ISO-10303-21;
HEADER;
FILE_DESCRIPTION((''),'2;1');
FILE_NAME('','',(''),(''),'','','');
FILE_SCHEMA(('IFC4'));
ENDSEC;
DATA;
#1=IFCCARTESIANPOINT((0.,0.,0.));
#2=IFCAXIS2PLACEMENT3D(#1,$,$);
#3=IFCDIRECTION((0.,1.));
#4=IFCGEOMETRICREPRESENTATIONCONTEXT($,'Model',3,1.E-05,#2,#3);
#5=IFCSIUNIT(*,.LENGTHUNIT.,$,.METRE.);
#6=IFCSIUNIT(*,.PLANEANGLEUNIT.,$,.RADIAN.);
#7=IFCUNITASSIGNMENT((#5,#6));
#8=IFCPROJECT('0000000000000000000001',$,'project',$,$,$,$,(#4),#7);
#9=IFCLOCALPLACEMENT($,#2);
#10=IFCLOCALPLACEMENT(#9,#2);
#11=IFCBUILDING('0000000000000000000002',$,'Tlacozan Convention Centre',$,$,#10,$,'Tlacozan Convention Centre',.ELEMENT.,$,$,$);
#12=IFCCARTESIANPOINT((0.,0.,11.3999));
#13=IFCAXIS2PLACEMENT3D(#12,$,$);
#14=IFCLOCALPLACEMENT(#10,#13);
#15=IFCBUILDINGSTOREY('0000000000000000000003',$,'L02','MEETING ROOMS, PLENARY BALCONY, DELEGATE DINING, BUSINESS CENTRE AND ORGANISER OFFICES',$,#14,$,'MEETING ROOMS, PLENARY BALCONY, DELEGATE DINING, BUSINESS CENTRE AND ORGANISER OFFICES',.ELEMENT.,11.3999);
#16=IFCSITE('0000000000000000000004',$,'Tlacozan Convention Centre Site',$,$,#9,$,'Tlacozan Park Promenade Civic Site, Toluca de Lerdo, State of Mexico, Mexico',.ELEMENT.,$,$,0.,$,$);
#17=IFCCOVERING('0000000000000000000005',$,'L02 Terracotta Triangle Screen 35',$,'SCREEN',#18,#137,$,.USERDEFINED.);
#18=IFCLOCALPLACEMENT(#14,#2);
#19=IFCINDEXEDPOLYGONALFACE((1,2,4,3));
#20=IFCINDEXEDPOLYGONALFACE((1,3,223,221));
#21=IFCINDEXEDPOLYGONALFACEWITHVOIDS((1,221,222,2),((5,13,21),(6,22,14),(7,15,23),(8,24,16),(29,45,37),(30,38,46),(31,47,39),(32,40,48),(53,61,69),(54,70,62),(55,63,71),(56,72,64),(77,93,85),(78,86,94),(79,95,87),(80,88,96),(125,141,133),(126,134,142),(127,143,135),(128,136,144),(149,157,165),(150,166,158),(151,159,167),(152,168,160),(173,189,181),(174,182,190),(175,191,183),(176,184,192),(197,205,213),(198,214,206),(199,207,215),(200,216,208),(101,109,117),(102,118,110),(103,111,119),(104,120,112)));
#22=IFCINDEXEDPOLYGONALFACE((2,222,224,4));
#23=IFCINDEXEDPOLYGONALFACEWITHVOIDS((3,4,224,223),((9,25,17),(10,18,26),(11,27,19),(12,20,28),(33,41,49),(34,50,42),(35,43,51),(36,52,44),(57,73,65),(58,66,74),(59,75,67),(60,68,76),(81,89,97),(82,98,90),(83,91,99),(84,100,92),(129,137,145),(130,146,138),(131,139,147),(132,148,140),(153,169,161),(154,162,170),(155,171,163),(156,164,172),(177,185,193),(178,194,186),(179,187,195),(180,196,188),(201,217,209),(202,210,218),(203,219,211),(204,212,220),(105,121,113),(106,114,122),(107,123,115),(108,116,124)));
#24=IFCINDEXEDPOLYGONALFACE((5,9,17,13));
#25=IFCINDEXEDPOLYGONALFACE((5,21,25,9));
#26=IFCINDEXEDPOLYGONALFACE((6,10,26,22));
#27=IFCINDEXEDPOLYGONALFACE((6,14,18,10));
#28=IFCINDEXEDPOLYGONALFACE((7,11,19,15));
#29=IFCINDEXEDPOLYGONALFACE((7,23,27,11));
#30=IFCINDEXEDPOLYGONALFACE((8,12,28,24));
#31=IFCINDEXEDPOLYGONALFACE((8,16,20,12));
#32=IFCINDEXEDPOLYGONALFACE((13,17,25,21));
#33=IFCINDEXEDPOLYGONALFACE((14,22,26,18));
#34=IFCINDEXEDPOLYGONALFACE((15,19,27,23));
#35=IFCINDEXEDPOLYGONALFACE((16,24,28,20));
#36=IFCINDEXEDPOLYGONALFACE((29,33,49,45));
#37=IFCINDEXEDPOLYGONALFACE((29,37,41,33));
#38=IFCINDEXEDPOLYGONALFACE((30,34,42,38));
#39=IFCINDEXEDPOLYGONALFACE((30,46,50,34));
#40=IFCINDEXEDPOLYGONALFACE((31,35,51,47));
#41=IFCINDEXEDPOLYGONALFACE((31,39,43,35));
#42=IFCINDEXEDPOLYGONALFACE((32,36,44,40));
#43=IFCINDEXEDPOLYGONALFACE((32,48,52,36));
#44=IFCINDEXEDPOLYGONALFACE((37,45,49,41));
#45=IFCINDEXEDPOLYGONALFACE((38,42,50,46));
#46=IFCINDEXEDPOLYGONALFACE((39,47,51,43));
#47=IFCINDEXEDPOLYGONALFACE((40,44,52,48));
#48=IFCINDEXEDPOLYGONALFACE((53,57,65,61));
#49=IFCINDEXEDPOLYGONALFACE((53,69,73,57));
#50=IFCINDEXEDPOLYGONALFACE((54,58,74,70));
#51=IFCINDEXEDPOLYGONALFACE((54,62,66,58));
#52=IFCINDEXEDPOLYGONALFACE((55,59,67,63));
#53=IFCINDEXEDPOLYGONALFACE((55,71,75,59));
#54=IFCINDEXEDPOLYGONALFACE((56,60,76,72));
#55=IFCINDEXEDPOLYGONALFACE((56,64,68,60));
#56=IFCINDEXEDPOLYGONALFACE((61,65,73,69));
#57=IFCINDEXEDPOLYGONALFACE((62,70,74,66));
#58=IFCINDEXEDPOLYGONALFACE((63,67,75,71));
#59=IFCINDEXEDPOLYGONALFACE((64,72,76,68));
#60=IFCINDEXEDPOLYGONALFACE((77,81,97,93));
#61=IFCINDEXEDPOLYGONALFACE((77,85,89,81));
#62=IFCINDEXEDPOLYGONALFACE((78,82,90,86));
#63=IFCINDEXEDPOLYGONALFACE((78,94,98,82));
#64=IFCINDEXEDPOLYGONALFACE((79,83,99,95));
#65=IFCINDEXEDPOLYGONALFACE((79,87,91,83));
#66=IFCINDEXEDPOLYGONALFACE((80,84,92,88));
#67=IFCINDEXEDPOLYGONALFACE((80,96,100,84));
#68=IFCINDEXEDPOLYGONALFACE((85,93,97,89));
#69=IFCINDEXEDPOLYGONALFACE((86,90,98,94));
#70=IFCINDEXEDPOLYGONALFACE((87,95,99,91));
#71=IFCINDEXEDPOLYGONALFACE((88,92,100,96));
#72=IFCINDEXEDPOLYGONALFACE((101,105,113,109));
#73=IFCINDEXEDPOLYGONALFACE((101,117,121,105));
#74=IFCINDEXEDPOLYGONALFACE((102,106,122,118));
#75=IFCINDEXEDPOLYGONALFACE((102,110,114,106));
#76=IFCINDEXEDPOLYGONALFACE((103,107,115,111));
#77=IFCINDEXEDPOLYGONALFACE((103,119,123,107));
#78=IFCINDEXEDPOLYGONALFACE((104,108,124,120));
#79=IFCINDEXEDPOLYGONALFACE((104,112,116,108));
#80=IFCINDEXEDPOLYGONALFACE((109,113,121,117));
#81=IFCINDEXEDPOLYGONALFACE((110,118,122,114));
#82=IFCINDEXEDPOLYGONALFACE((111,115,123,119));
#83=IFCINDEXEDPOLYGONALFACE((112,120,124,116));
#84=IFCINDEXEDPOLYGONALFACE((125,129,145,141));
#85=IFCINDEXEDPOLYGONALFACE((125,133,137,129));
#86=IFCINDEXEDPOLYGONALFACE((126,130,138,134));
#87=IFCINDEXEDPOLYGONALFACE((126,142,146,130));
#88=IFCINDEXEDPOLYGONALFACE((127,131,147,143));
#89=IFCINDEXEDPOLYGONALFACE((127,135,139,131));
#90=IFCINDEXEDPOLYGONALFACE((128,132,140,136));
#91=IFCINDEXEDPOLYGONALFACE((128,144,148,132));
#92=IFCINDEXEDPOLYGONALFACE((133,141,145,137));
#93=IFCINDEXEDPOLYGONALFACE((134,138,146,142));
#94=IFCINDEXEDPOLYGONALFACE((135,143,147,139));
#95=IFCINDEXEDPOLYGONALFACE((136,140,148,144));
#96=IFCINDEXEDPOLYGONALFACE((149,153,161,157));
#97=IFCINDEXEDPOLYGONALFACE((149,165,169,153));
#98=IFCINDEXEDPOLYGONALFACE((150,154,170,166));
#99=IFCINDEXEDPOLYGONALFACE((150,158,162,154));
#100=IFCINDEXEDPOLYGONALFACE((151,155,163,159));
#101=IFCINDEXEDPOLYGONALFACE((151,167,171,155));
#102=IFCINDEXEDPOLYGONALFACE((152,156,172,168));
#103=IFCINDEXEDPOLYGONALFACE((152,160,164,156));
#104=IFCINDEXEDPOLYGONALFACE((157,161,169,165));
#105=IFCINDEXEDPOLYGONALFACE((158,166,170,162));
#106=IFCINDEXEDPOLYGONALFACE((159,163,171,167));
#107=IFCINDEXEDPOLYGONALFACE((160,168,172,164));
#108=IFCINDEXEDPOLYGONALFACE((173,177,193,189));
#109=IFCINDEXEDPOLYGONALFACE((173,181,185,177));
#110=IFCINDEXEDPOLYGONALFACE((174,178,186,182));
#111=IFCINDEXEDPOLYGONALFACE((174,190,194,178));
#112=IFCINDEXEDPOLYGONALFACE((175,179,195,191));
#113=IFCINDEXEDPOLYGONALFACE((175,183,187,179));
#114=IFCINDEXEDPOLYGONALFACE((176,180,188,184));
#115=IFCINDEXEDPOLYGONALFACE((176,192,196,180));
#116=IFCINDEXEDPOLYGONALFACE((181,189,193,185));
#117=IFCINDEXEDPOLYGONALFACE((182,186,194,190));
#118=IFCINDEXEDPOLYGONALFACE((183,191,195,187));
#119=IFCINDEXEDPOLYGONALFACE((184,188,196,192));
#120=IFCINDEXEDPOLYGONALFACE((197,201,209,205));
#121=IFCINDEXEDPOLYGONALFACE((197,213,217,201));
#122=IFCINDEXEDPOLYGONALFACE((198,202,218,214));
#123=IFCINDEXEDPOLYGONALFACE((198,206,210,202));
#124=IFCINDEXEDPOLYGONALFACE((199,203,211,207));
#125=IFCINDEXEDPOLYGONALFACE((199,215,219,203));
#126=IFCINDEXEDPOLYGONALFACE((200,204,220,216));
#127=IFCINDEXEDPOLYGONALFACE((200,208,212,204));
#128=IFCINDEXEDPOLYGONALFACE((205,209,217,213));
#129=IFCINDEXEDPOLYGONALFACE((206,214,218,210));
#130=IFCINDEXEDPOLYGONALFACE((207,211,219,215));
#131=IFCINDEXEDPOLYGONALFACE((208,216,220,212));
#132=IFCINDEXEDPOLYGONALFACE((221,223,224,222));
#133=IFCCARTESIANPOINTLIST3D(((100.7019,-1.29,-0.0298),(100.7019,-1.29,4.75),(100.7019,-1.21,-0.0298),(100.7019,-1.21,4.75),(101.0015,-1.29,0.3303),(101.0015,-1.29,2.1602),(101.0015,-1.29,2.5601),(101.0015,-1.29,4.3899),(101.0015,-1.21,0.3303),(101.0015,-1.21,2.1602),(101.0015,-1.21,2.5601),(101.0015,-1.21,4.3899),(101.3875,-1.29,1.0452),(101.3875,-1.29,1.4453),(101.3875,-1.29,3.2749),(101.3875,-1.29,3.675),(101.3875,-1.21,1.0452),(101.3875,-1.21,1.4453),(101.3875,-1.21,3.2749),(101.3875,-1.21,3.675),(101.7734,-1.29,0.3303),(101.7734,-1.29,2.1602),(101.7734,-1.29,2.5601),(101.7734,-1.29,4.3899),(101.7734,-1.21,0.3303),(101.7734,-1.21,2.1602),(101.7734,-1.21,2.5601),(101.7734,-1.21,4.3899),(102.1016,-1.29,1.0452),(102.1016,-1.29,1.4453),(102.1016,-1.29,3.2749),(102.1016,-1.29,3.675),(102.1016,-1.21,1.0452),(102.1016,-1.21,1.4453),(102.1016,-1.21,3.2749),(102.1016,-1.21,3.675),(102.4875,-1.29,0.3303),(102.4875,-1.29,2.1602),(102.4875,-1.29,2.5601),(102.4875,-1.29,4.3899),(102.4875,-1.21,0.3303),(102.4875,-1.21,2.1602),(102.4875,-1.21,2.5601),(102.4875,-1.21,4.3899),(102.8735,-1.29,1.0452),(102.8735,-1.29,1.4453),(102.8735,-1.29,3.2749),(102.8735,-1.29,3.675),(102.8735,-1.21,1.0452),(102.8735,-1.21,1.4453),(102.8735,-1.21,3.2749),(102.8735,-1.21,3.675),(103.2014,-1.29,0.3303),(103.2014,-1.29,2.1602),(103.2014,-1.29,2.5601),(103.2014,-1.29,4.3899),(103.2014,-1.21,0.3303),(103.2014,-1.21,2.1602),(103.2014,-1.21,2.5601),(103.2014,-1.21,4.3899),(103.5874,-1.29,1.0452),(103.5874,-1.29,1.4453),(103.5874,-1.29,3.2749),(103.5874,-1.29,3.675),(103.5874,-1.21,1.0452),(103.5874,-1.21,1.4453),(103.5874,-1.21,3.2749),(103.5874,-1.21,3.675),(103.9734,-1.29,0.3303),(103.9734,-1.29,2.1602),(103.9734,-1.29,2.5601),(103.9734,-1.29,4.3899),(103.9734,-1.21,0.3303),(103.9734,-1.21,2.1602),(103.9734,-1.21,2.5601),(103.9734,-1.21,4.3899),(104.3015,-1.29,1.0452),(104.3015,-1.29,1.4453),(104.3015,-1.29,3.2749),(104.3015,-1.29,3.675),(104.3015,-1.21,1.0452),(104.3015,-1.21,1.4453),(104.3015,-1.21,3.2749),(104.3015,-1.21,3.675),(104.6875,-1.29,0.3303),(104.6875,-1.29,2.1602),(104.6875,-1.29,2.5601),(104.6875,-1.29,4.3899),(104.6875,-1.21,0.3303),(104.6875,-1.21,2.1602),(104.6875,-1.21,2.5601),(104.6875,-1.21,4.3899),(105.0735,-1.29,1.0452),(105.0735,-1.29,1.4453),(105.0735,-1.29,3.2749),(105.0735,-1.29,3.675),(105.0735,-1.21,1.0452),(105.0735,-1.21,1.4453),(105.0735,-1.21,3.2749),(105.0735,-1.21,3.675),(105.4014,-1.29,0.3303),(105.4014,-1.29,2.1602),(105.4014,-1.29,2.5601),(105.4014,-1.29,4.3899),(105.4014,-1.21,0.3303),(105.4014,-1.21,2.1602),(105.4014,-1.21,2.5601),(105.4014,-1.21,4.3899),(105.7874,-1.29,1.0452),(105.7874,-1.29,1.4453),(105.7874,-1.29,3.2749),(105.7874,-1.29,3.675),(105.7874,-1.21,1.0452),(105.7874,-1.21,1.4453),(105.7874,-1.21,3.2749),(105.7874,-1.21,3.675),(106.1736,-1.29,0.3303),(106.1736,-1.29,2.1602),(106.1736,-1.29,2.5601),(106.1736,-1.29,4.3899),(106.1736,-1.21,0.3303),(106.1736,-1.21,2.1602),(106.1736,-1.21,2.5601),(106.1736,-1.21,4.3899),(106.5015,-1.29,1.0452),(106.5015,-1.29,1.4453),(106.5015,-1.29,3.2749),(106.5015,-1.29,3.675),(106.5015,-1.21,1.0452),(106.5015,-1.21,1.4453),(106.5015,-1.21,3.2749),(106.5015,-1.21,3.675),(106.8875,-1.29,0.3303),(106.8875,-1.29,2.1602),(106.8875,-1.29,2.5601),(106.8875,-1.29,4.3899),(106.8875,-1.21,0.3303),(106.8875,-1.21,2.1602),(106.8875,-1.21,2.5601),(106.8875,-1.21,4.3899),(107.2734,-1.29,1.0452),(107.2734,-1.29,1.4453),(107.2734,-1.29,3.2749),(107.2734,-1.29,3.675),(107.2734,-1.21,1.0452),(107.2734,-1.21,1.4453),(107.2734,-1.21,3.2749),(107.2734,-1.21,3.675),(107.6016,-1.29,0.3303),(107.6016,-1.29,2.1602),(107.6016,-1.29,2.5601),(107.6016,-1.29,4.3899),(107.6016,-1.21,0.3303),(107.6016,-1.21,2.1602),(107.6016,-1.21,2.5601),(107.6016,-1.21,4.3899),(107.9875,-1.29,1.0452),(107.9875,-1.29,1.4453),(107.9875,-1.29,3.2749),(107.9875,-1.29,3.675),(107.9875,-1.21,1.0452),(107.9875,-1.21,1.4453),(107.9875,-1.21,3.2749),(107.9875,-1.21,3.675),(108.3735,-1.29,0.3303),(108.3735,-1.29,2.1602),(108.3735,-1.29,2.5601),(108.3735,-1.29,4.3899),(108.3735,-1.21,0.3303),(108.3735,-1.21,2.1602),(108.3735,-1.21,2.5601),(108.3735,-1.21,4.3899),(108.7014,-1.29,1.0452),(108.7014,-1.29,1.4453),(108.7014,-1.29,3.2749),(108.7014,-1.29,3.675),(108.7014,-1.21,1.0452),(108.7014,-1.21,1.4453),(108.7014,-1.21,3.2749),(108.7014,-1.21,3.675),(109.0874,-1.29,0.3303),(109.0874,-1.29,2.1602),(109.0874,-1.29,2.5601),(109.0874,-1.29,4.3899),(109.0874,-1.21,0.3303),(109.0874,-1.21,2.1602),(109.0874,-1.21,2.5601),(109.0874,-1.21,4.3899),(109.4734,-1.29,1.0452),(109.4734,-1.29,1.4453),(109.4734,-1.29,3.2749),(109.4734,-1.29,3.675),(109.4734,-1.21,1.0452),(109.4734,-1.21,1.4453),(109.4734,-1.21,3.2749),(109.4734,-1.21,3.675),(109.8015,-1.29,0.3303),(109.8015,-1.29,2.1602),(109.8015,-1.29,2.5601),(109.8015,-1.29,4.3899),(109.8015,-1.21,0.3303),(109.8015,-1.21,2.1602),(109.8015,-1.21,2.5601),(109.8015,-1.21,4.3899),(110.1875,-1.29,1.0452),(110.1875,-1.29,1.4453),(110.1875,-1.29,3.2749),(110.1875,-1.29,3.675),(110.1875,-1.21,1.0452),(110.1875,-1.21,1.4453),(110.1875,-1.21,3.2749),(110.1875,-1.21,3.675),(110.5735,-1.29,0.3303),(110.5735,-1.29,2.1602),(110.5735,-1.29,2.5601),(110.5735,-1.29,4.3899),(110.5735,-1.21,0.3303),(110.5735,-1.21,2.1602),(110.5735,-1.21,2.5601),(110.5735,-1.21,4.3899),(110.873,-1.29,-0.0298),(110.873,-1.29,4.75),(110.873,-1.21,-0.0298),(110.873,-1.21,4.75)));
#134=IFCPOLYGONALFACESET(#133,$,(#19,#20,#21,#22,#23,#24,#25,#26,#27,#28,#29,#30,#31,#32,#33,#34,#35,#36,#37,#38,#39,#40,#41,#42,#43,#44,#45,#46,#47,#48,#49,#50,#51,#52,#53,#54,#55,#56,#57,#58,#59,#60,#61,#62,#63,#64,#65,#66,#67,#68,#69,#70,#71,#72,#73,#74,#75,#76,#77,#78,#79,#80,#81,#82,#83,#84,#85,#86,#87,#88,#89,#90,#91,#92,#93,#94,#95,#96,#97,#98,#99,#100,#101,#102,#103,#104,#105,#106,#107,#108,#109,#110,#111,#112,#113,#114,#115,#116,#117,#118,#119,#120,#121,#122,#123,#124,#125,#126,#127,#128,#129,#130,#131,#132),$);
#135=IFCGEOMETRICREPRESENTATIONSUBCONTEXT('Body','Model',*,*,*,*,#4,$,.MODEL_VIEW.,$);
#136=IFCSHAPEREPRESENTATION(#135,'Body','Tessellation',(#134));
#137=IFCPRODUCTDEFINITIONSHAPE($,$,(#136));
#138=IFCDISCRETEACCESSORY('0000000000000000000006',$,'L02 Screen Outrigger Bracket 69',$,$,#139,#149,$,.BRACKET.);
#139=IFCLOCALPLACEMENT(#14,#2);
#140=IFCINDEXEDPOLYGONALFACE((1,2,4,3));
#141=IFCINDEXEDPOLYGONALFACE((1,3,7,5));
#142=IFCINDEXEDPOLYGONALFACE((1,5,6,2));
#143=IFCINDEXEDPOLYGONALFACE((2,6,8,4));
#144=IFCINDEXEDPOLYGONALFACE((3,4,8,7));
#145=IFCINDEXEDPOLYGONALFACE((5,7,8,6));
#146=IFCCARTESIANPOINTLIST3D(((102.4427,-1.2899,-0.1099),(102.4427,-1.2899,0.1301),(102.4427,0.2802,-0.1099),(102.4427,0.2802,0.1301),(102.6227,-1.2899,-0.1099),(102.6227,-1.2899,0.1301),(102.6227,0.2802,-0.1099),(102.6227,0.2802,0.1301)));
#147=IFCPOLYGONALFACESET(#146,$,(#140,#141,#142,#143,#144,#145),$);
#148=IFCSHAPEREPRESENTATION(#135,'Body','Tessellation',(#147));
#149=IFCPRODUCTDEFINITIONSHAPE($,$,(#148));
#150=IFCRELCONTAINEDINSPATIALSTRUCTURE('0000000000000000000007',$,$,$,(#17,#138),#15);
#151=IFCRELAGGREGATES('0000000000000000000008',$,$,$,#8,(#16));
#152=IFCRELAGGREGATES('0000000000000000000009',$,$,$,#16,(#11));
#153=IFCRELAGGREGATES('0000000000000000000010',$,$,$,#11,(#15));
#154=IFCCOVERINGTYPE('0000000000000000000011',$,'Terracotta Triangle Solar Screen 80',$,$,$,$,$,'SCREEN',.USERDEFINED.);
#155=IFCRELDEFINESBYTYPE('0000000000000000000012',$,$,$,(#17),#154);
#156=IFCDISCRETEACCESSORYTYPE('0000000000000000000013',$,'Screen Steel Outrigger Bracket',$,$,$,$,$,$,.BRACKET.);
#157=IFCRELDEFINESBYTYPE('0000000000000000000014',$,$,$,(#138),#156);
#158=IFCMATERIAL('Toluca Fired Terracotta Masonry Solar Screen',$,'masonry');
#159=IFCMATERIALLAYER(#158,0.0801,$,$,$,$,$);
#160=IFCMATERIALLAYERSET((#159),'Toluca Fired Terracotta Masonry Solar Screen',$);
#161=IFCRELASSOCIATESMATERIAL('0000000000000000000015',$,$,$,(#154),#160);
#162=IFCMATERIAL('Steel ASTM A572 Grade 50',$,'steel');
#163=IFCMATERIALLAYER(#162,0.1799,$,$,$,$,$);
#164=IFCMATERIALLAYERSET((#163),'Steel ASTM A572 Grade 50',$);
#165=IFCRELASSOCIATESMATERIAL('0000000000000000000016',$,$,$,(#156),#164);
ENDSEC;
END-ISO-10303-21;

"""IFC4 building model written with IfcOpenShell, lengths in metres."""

from ifc_helpers import new_model, si_unit, direction, frame, origin, origin_2d, place, context, subcontext, project, spatial, polyline, rectangle, outline, extrude, material, layer, layer_set, type_object, element, save


model = new_model("IFC4")

# Units and contexts
model_context = context("Model", 3, precision=1e-05, world=origin(), true_north=direction((0.0, 1.0)))
body_context = subcontext(model_context, "Body", "Model", "MODEL_VIEW")
ifc_project = project(units=[si_unit("LENGTHUNIT", "METRE"), si_unit("PLANEANGLEUNIT", "RADIAN")], contexts=[model_context])

# Site, building, storey
site_placement = place(None, origin())
site = spatial("IfcSite", under=ifc_project, at=site_placement, Name="Tlacozan Convention Centre Site", LongName="Tlacozan Park Promenade Civic Site, Toluca de Lerdo, State of Mexico, Mexico", CompositionType="ELEMENT", RefElevation=0.0)
building_placement = place(site_placement, origin())
building = spatial("IfcBuilding", under=site, at=building_placement, Name="Tlacozan Convention Centre", LongName="Tlacozan Convention Centre", CompositionType="ELEMENT")
storey_placement = place(building_placement, frame((0.0, 0.0, 11.3999)))
storey = spatial("IfcBuildingStorey", under=building, at=storey_placement, Name="L02", Description="MEETING ROOMS, PLENARY BALCONY, DELEGATE DINING, BUSINESS CENTRE AND ORGANISER OFFICES", LongName="MEETING ROOMS, PLENARY BALCONY, DELEGATE DINING, BUSINESS CENTRE AND ORGANISER OFFICES", CompositionType="ELEMENT", Elevation=11.3999)

# Covering
ifc_material_1 = material(Name="Toluca Fired Terracotta Masonry Solar Screen", Category="masonry")
ifc_layer_1 = layer(ifc_material_1, 0.0801)
ifc_layer_set_1 = layer_set([ifc_layer_1], Name="Toluca Fired Terracotta Masonry Solar Screen")
covering_type = type_object("IfcCoveringType", Name="Terracotta Triangle Solar Screen 80", ElementType="SCREEN", PredefinedType="USERDEFINED", material=ifc_layer_set_1)
covering_placement = place(storey_placement, frame((100.7019, -1.25, -0.0298), z_axis=(0.0, 0.0, 1.0), x_axis=(1.0, 0.0, 0.0)))
element("IfcCovering", 1, at=covering_placement, inside=storey, type_object=covering_type, Name="L02 Terracotta Triangle Screen 35", ObjectType="SCREEN", PredefinedType="USERDEFINED", context=body_context, shape_type="SweptSolid", body=[
    extrude(outline(polyline([(0.0, 0.0), (10.1711, 0.0), (10.1711, 4.7798), (0.0, 4.7798), (0.0, 0.0)]), holes=[polyline([(0.2996, 0.3601), (1.0715, 0.3601), (0.6855, 1.075), (0.2996, 0.3601)]), polyline([(1.3997, 1.075), (2.1716, 1.075), (1.7856, 0.3601), (1.3997, 1.075)]), polyline([(2.4995, 0.3601), (3.2715, 0.3601), (2.8855, 1.075), (2.4995, 0.3601)]), polyline([(3.5996, 1.075), (4.3716, 1.075), (3.9856, 0.3601), (3.5996, 1.075)]), polyline([(4.6995, 0.3601), (5.4717, 0.3601), (5.0854, 1.075), (4.6995, 0.3601)]), polyline([(5.7996, 1.075), (6.5715, 1.075), (6.1855, 0.3601), (5.7996, 1.075)]), polyline([(6.8997, 0.3601), (7.6716, 0.3601), (7.2856, 1.075), (6.8997, 0.3601)]), polyline([(7.9995, 1.075), (8.7715, 1.075), (8.3855, 0.3601), (7.9995, 1.075)]), polyline([(9.0996, 0.3601), (9.8716, 0.3601), (9.4856, 1.075), (9.0996, 0.3601)]), polyline([(0.2996, 2.1899), (1.0715, 2.1899), (0.6855, 1.4751), (0.2996, 2.1899)]), polyline([(1.3997, 1.4751), (2.1716, 1.4751), (1.7856, 2.1899), (1.3997, 1.4751)]), polyline([(2.4995, 2.1899), (3.2715, 2.1899), (2.8855, 1.4751), (2.4995, 2.1899)]), polyline([(3.5996, 1.4751), (4.3716, 1.4751), (3.9856, 2.1899), (3.5996, 1.4751)]), polyline([(4.6995, 2.1899), (5.4717, 2.1899), (5.0854, 1.4751), (4.6995, 2.1899)]), polyline([(5.7996, 1.4751), (6.5715, 1.4751), (6.1855, 2.1899), (5.7996, 1.4751)]), polyline([(6.8997, 2.1899), (7.6716, 2.1899), (7.2856, 1.4751), (6.8997, 2.1899)]), polyline([(7.9995, 1.4751), (8.7715, 1.4751), (8.3855, 2.1899), (7.9995, 1.4751)]), polyline([(9.0996, 2.1899), (9.8716, 2.1899), (9.4856, 1.4751), (9.0996, 2.1899)]), polyline([(0.2996, 2.5898), (1.0715, 2.5898), (0.6855, 3.3047), (0.2996, 2.5898)]), polyline([(1.3997, 3.3047), (2.1716, 3.3047), (1.7856, 2.5898), (1.3997, 3.3047)]), polyline([(2.4995, 2.5898), (3.2715, 2.5898), (2.8855, 3.3047), (2.4995, 2.5898)]), polyline([(3.5996, 3.3047), (4.3716, 3.3047), (3.9856, 2.5898), (3.5996, 3.3047)]), polyline([(4.6995, 2.5898), (5.4717, 2.5898), (5.0854, 3.3047), (4.6995, 2.5898)]), polyline([(5.7996, 3.3047), (6.5715, 3.3047), (6.1855, 2.5898), (5.7996, 3.3047)]), polyline([(6.8997, 2.5898), (7.6716, 2.5898), (7.2856, 3.3047), (6.8997, 2.5898)]), polyline([(7.9995, 3.3047), (8.7715, 3.3047), (8.3855, 2.5898), (7.9995, 3.3047)]), polyline([(9.0996, 2.5898), (9.8716, 2.5898), (9.4856, 3.3047), (9.0996, 2.5898)]), polyline([(0.2996, 4.4197), (1.0715, 4.4197), (0.6855, 3.7048), (0.2996, 4.4197)]), polyline([(1.3997, 3.7048), (2.1716, 3.7048), (1.7856, 4.4197), (1.3997, 3.7048)]), polyline([(2.4995, 4.4197), (3.2715, 4.4197), (2.8855, 3.7048), (2.4995, 4.4197)]), polyline([(3.5996, 3.7048), (4.3716, 3.7048), (3.9856, 4.4197), (3.5996, 3.7048)]), polyline([(4.6995, 4.4197), (5.4717, 4.4197), (5.0854, 3.7048), (4.6995, 4.4197)]), polyline([(5.7996, 3.7048), (6.5715, 3.7048), (6.1855, 4.4197), (5.7996, 3.7048)]), polyline([(6.8997, 4.4197), (7.6716, 4.4197), (7.2856, 3.7048), (6.8997, 4.4197)]), polyline([(7.9995, 3.7048), (8.7715, 3.7048), (8.3855, 4.4197), (7.9995, 3.7048)]), polyline([(9.0996, 4.4197), (9.8716, 4.4197), (9.4856, 3.7048), (9.0996, 4.4197)])]), frame((0.0, 0.04, 0.0), z_axis=(0.0, -1.0, 0.0), x_axis=(1.0, 0.0, 0.0)), (0.0, 0.0, 1.0), 0.0801),
])

# Discrete accessory
ifc_material_2 = material(Name="Steel ASTM A572 Grade 50", Category="steel")
ifc_layer_2 = layer(ifc_material_2, 0.1799)
ifc_layer_set_2 = layer_set([ifc_layer_2], Name="Steel ASTM A572 Grade 50")
discrete_accessory_type = type_object("IfcDiscreteAccessoryType", Name="Screen Steel Outrigger Bracket", PredefinedType="BRACKET", material=ifc_layer_set_2)
discrete_accessory_placement = place(storey_placement, frame((102.5327, -0.5049, -0.1099), z_axis=(0.0, 0.0, 1.0), x_axis=(0.0, 1.0, 0.0)))
element("IfcDiscreteAccessory", 2, at=discrete_accessory_placement, inside=storey, type_object=discrete_accessory_type, Name="L02 Screen Outrigger Bracket 69", PredefinedType="BRACKET", context=body_context, shape_type="SweptSolid", body=[
    extrude(rectangle(XDim=1.5701, YDim=0.1799, at=origin_2d()), origin(), (0.0, 0.0, 1.0), 0.24),
])

save(model, "model.ifc")
